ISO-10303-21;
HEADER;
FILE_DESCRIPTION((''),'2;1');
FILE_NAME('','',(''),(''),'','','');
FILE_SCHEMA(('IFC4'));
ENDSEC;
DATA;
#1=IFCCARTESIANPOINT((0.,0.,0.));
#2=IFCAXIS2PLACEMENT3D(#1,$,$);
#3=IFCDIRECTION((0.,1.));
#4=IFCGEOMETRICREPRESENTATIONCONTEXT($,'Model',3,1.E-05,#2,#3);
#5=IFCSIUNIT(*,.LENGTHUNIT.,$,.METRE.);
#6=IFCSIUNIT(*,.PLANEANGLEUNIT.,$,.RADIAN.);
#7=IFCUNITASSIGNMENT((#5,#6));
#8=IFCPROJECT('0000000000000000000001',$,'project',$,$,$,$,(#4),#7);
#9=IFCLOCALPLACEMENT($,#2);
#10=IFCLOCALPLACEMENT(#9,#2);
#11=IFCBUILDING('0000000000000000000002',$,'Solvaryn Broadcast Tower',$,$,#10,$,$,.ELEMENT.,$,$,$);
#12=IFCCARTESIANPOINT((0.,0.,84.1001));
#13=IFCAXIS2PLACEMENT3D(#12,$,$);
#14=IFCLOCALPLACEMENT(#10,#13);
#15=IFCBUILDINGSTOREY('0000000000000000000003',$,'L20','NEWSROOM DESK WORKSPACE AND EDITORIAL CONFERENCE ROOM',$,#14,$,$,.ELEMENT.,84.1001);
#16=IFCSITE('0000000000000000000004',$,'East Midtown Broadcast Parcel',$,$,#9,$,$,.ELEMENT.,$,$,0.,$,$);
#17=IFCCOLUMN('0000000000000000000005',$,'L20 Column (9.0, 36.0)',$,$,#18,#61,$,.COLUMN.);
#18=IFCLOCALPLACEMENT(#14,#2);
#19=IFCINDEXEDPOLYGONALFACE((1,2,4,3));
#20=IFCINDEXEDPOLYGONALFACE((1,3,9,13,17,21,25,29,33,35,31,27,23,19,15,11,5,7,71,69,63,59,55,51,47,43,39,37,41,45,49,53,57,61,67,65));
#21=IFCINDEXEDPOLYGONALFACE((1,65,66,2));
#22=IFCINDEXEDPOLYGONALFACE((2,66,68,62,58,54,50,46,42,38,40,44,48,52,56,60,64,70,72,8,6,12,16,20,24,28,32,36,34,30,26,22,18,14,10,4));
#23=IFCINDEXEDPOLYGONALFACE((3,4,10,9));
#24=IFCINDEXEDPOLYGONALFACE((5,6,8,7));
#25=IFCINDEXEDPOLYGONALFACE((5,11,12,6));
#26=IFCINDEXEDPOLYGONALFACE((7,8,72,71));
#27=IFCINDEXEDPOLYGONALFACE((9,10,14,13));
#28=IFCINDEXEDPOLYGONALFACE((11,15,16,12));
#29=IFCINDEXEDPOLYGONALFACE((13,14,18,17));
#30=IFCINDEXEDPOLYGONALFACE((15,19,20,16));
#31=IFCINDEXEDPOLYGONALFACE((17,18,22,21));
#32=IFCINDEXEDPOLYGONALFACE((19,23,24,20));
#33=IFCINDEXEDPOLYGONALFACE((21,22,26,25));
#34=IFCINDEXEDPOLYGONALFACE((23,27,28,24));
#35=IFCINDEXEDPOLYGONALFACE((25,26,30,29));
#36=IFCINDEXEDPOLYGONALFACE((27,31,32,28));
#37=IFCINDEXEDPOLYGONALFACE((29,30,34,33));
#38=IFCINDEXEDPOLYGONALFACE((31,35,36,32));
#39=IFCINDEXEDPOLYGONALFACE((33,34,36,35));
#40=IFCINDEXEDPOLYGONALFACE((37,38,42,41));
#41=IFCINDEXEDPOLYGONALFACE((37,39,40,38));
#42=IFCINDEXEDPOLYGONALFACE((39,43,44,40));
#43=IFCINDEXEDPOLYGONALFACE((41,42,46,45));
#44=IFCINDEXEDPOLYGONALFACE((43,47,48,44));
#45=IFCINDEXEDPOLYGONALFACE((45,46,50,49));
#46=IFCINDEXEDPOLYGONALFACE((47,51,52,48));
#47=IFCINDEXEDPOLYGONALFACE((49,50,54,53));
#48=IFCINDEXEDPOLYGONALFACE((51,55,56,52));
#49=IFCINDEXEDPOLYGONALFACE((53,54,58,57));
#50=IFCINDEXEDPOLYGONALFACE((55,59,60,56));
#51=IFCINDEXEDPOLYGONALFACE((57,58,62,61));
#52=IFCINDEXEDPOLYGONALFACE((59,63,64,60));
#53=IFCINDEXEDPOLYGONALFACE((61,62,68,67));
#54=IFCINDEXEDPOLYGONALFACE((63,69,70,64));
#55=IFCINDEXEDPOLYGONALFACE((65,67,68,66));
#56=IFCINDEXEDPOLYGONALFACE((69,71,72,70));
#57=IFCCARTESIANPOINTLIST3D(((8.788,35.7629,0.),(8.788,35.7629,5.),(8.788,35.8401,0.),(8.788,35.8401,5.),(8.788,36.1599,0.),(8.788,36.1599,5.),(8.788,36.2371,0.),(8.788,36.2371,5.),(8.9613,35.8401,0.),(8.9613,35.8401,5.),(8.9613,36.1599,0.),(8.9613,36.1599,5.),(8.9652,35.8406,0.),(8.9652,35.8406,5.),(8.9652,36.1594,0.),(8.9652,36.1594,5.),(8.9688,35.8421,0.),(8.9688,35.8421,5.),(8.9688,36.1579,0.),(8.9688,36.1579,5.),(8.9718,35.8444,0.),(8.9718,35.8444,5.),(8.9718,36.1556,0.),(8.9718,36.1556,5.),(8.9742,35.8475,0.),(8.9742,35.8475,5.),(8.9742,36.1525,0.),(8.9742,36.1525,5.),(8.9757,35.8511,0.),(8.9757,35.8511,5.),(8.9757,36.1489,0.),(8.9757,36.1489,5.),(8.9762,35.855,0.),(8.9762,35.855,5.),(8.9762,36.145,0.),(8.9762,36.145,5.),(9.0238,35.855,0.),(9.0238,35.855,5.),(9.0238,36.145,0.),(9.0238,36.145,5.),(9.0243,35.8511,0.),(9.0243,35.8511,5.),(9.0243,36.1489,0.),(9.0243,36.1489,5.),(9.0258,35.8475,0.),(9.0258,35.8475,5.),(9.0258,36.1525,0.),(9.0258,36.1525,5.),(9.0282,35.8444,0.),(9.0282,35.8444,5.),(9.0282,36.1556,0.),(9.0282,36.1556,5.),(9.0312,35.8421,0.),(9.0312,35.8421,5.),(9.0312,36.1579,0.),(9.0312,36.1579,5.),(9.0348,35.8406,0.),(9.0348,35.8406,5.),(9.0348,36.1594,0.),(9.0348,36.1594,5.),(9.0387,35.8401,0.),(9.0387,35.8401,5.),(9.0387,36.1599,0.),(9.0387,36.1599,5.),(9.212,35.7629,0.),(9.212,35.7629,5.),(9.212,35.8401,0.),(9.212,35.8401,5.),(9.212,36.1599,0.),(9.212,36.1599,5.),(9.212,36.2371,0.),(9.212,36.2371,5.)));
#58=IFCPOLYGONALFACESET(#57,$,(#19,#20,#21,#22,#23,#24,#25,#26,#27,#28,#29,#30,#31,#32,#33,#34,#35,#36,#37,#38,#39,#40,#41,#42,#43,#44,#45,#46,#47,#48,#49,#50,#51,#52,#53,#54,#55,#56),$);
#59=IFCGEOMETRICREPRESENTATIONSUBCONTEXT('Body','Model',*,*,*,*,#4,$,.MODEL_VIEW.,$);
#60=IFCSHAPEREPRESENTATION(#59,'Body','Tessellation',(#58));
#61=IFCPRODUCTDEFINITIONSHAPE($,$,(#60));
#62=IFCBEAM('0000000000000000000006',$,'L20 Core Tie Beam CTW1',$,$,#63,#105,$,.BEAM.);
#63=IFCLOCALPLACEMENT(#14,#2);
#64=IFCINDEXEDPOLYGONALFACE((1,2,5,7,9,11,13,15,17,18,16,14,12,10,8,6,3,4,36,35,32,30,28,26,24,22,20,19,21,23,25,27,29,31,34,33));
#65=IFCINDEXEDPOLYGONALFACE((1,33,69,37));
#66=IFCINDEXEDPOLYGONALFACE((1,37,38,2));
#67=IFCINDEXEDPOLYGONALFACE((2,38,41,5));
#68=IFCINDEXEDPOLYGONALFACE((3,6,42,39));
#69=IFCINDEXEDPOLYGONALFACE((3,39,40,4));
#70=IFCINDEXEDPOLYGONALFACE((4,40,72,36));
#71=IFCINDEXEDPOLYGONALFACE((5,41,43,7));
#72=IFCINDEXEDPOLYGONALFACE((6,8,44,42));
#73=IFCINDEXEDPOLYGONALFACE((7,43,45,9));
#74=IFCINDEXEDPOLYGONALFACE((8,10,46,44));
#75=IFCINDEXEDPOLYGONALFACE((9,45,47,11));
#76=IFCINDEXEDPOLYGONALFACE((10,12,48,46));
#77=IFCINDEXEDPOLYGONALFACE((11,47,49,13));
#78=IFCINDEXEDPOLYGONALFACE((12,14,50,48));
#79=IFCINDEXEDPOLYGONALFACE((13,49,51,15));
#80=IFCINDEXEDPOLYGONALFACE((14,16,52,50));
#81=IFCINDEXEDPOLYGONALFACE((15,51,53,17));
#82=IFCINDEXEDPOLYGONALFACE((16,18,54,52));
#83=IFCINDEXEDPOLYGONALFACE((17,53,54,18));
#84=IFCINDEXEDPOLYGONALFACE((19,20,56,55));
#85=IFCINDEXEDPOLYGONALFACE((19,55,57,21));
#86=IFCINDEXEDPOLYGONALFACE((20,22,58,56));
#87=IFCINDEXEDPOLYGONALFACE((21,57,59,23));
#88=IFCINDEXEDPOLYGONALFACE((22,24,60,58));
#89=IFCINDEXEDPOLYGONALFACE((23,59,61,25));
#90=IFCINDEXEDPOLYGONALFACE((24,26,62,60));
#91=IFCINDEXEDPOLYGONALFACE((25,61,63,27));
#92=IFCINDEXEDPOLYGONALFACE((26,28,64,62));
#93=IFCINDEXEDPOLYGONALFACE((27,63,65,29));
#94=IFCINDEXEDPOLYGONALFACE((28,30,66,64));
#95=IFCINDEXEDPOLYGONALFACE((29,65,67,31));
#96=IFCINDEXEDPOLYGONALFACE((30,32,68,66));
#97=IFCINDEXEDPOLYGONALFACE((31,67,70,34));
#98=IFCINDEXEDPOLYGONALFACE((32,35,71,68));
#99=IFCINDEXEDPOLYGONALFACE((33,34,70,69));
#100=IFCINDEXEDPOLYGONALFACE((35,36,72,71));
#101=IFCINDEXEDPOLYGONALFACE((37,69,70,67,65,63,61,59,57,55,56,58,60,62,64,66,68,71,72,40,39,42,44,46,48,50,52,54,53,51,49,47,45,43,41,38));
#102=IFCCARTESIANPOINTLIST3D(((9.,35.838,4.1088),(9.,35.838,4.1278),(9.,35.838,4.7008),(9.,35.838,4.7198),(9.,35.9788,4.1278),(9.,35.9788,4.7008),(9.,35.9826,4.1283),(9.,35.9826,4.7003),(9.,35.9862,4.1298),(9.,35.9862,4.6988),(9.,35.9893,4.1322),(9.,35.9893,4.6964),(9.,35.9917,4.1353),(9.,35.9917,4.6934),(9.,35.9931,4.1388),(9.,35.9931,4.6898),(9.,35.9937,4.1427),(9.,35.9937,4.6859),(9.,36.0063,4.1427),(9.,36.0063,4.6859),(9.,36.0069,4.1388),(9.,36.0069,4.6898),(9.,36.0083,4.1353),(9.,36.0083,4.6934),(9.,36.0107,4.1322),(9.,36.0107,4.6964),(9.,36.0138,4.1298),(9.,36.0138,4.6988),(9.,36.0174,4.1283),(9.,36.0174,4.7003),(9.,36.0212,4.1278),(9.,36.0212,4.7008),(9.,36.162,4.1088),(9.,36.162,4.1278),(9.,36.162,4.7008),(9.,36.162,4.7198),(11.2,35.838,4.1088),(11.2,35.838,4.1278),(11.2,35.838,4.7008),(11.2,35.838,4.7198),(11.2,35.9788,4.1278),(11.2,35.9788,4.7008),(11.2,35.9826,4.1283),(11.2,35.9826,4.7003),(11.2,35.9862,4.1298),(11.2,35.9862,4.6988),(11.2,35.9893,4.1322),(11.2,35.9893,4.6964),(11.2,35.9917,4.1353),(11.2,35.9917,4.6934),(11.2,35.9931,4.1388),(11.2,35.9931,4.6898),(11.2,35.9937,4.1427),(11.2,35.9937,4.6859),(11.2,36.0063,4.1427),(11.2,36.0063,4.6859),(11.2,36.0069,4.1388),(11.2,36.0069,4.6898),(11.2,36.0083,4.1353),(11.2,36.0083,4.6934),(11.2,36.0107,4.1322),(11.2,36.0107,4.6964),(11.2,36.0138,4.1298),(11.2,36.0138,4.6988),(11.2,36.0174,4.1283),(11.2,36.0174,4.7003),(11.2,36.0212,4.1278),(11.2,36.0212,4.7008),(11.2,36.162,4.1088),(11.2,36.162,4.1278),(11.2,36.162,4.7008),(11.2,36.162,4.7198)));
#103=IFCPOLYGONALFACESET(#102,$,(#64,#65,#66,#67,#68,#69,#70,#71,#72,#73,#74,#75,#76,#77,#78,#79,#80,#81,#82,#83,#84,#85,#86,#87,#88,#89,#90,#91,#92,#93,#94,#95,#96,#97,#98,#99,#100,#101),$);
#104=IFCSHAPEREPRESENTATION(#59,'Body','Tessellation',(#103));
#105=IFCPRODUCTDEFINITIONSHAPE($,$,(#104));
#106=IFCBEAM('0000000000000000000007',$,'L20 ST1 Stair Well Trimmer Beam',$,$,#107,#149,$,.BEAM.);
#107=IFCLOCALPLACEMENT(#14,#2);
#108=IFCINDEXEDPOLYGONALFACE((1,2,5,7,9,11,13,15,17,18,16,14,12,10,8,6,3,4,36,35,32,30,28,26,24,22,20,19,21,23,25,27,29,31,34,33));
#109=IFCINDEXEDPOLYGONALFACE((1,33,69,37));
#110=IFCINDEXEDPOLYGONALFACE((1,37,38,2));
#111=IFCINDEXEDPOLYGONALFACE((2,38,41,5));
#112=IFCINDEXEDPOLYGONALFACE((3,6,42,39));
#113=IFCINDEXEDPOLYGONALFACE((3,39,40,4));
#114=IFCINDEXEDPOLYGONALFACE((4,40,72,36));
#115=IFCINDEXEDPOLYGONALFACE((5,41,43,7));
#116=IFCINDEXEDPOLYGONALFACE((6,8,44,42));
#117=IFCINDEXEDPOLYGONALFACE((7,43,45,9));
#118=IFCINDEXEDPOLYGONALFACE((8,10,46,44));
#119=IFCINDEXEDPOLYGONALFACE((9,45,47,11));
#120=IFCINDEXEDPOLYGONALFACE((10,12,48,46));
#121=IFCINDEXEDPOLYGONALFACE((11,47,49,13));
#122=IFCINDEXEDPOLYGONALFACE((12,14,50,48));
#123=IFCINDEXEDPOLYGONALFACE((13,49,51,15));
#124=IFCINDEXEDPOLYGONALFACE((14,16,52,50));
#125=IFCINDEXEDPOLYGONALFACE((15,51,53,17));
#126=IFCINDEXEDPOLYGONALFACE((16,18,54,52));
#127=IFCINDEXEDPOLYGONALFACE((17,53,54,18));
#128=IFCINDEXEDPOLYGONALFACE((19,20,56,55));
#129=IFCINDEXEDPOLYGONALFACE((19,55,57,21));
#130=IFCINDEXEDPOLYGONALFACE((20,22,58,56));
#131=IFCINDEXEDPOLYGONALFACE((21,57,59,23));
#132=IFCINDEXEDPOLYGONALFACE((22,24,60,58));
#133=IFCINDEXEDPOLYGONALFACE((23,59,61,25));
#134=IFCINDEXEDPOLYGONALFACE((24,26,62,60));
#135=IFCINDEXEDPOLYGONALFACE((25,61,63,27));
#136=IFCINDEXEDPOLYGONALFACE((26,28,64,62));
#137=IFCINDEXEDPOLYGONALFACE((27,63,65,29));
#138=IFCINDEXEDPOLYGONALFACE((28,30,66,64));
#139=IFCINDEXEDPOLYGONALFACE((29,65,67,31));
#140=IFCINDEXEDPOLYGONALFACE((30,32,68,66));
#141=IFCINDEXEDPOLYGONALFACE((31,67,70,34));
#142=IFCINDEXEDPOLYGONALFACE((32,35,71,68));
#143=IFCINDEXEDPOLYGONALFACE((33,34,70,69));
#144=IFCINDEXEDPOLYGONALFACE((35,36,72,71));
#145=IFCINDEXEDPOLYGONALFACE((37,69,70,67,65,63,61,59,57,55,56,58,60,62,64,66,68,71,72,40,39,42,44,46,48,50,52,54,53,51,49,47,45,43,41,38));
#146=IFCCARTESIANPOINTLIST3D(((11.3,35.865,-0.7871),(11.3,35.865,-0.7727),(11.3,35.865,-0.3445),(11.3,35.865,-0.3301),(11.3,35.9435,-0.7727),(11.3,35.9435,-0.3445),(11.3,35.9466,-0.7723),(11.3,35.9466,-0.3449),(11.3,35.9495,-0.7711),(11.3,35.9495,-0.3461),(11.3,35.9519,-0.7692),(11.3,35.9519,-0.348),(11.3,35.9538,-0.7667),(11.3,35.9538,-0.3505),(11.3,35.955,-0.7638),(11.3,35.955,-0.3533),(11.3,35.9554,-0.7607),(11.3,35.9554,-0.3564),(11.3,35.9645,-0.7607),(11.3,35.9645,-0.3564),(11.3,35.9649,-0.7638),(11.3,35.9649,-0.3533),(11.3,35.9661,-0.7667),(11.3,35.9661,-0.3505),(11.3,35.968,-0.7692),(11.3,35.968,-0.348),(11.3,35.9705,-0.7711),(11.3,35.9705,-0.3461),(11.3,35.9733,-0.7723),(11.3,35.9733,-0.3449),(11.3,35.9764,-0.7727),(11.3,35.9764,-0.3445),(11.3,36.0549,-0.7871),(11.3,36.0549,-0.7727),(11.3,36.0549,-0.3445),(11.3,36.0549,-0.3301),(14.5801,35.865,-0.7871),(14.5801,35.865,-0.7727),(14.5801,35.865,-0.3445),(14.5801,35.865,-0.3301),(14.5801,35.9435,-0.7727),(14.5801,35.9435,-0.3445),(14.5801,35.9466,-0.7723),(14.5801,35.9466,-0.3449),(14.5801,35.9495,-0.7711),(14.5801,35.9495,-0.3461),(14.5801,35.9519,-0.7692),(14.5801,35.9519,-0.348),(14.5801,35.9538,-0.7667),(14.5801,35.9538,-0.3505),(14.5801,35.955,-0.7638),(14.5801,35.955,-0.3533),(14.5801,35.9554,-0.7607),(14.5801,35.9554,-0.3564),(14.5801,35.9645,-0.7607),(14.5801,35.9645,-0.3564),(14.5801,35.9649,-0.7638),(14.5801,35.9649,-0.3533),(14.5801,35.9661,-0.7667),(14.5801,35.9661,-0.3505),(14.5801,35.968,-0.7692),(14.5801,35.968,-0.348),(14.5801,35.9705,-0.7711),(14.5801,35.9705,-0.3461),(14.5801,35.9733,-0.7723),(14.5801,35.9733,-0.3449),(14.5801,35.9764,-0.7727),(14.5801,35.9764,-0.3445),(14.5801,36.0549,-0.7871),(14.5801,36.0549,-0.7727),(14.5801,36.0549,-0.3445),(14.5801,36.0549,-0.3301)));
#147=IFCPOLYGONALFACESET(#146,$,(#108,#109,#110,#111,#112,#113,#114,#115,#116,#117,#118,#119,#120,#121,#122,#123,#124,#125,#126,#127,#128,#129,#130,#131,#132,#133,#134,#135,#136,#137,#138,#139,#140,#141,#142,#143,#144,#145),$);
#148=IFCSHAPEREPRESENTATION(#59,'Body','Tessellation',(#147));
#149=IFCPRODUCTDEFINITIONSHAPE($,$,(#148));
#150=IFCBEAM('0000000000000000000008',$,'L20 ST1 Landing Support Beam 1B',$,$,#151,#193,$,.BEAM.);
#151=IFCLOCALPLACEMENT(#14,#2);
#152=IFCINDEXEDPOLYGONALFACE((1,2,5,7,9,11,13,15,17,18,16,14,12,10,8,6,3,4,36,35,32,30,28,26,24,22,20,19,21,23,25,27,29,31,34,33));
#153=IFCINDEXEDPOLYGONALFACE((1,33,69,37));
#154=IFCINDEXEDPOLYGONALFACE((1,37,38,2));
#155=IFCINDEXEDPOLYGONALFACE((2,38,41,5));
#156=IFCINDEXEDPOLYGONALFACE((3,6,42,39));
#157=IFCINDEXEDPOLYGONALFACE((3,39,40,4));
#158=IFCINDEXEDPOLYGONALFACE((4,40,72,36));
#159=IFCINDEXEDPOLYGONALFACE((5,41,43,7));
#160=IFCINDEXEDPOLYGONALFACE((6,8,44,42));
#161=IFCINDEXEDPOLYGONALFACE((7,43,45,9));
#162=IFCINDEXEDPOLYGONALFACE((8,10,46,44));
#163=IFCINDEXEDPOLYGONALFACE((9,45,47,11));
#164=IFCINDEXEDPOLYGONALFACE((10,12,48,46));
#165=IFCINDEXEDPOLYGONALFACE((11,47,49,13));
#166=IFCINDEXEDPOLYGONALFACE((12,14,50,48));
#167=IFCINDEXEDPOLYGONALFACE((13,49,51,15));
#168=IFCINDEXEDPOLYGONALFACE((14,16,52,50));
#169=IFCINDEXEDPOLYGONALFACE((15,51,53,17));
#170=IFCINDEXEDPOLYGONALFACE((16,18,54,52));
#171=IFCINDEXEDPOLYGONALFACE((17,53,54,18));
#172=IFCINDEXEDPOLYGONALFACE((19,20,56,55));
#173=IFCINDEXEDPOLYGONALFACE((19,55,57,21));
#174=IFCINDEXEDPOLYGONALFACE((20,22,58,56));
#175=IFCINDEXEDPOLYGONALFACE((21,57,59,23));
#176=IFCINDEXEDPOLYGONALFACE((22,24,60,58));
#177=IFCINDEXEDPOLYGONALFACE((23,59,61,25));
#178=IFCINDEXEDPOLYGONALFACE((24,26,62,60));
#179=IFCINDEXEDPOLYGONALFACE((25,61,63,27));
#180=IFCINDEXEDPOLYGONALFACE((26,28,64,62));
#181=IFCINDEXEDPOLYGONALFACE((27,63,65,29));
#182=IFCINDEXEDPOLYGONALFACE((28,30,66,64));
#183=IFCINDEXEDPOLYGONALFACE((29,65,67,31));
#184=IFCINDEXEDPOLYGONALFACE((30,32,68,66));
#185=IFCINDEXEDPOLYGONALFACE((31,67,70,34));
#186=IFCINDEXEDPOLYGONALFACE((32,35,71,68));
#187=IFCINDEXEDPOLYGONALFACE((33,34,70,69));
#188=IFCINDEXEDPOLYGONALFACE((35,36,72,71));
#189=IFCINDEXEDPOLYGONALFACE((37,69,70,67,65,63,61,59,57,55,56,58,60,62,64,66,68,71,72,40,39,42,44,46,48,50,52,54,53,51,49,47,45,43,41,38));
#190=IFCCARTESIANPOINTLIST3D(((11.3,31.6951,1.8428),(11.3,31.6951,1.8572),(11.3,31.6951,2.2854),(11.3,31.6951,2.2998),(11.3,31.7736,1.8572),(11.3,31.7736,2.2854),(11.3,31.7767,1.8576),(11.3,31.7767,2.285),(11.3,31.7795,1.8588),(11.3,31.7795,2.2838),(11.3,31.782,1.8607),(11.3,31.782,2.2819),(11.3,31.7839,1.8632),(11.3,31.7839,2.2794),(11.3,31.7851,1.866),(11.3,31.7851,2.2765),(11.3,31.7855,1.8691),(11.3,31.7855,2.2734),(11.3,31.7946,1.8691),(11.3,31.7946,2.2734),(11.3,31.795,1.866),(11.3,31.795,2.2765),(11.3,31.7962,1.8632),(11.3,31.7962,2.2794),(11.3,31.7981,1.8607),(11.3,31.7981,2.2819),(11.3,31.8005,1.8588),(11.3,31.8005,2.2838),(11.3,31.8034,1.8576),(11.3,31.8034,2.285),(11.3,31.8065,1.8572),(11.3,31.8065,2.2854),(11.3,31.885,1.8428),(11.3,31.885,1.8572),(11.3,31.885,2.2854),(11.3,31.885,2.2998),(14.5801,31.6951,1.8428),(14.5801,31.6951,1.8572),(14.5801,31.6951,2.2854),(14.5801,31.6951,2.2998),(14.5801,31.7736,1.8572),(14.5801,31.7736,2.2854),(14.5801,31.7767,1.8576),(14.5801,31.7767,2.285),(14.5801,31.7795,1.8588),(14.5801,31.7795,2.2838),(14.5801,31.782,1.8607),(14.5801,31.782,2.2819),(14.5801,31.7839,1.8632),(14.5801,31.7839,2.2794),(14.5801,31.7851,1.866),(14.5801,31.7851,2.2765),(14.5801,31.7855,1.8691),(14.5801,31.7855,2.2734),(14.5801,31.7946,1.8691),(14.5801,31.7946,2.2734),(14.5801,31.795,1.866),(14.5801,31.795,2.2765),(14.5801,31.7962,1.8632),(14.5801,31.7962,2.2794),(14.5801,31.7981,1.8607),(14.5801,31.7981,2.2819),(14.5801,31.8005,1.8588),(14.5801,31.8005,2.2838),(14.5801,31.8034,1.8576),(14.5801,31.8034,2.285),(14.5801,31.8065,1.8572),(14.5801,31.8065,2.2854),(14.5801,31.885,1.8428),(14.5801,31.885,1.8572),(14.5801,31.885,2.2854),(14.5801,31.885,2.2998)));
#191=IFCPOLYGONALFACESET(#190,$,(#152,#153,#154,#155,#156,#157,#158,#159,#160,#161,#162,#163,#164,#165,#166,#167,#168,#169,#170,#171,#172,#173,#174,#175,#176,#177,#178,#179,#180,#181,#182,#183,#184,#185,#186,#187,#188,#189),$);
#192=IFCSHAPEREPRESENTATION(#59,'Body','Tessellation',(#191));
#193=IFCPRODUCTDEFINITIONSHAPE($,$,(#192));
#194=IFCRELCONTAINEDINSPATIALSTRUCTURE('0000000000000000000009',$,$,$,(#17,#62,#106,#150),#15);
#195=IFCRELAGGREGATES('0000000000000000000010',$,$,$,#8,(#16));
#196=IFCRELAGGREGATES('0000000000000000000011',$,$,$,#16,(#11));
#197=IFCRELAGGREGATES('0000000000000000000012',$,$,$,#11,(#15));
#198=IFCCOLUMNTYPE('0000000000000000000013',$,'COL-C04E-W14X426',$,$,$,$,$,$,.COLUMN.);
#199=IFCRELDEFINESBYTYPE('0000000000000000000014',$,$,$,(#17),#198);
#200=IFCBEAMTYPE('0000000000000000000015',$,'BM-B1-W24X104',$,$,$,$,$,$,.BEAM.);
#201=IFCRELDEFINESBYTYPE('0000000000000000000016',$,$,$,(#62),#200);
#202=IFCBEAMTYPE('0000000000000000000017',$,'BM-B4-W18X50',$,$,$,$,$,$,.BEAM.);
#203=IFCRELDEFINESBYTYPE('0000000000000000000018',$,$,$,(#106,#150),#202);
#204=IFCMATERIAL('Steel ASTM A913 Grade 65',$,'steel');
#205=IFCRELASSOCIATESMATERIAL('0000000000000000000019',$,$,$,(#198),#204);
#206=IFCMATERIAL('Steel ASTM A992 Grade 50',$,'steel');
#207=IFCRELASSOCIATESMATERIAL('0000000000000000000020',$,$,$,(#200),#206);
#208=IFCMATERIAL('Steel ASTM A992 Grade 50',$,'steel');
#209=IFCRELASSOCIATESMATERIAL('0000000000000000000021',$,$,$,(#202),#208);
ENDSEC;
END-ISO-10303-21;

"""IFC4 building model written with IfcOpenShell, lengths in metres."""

from ifc_helpers import new_model, si_unit, direction, frame, origin, origin_2d, place, context, subcontext, project, spatial, i_section, extrude, material, material_profile, profile_set, type_object, element, save


model = new_model("IFC4")

# Units and contexts
model_context = context("Model", 3, precision=1e-05, world=origin(), true_north=direction((0.0, 1.0)))
body_context = subcontext(model_context, "Body", "Model", "MODEL_VIEW")
ifc_project = project(units=[si_unit("LENGTHUNIT", "METRE"), si_unit("PLANEANGLEUNIT", "RADIAN")], contexts=[model_context])

# Site, building, storey
site_placement = place(None, origin())
site = spatial("IfcSite", under=ifc_project, at=site_placement, Name="East Midtown Broadcast Parcel", CompositionType="ELEMENT", RefElevation=0.0)
building_placement = place(site_placement, origin())
building = spatial("IfcBuilding", under=site, at=building_placement, Name="Solvaryn Broadcast Tower", CompositionType="ELEMENT")
storey_placement = place(building_placement, frame((0.0, 0.0, 84.1001)))
storey = spatial("IfcBuildingStorey", under=building, at=storey_placement, Name="L20", Description="NEWSROOM DESK WORKSPACE AND EDITORIAL CONFERENCE ROOM", CompositionType="ELEMENT", Elevation=84.1001)

# Column
ifc_material_1 = material(Name="Steel ASTM A913 Grade 65", Category="steel")
ifc_material_profile_1 = material_profile(ifc_material_1, i_section(OverallWidth=0.4241, OverallDepth=0.4741, WebThickness=0.0476, FlangeThickness=0.0771, FilletRadius=0.0149, at=origin_2d()))
ifc_profile_set_1 = profile_set([ifc_material_profile_1], Name="Steel ASTM A913 Grade 65")
column_type = type_object("IfcColumnType", Name="COL-C04E-W14X426", PredefinedType="COLUMN", material=ifc_profile_set_1)
column_placement = place(storey_placement, frame((9.0, 36.0, 0.0), z_axis=(0.0, 0.0, 1.0), x_axis=(1.0, 0.0, 0.0)))
element("IfcColumn", 1, at=column_placement, inside=storey, type_object=column_type, Name="L20 Column (9.0, 36.0)", PredefinedType="COLUMN", context=body_context, shape_type="SweptSolid", body=[
    extrude(i_section(OverallWidth=0.4241, OverallDepth=0.4741, WebThickness=0.0476, FlangeThickness=0.0771, FilletRadius=0.0149, at=origin_2d()), origin(), (0.0, 0.0, 1.0), 5.0),
])

# Beams
ifc_material_2 = material(Name="Steel ASTM A992 Grade 50", Category="steel")
ifc_material_profile_2 = material_profile(ifc_material_2, i_section(OverallWidth=0.324, OverallDepth=0.6111, WebThickness=0.0127, FlangeThickness=0.019, FilletRadius=0.0149, at=origin_2d()))
ifc_profile_set_2 = profile_set([ifc_material_profile_2], Name="Steel ASTM A992 Grade 50")
beam_type_1 = type_object("IfcBeamType", Name="BM-B1-W24X104", PredefinedType="BEAM", material=ifc_profile_set_2)
beam_1_placement = place(storey_placement, frame((9.0, 36.0, 4.4143), z_axis=(1.0, 0.0, 0.0), x_axis=(0.0, 1.0, 0.0)))
element("IfcBeam", 2, at=beam_1_placement, inside=storey, type_object=beam_type_1, Name="L20 Core Tie Beam CTW1", PredefinedType="BEAM", context=body_context, shape_type="SweptSolid", body=[
    extrude(i_section(OverallWidth=0.324, OverallDepth=0.6111, WebThickness=0.0127, FlangeThickness=0.019, FilletRadius=0.0149, at=origin_2d()), origin(), (0.0, 0.0, 1.0), 2.2),
])
ifc_material_3 = material(Name="Steel ASTM A992 Grade 50", Category="steel")
ifc_material_profile_3 = material_profile(ifc_material_3, i_section(OverallWidth=0.1899, OverallDepth=0.457, WebThickness=0.009, FlangeThickness=0.0144, FilletRadius=0.012, at=origin_2d()))
ifc_profile_set_3 = profile_set([ifc_material_profile_3], Name="Steel ASTM A992 Grade 50")
beam_type_2 = type_object("IfcBeamType", Name="BM-B4-W18X50", PredefinedType="BEAM", material=ifc_profile_set_3)
for number, where, z_axis, x_axis, name in (
    (3, (11.3, 35.96, -0.5586), (1.0, 0.0, 0.0), (0.0, 1.0, 0.0), "L20 ST1 Stair Well Trimmer Beam"),
    (4, (11.3, 31.79, 2.0713), (1.0, 0.0, 0.0), (0.0, 1.0, 0.0), "L20 ST1 Landing Support Beam 1B"),
):
    element("IfcBeam", number, at=place(storey_placement, frame(where, z_axis=z_axis, x_axis=x_axis)), inside=storey, type_object=beam_type_2, Name=name, PredefinedType="BEAM", context=body_context, shape_type="SweptSolid", body=[
        extrude(i_section(OverallWidth=0.1899, OverallDepth=0.457, WebThickness=0.009, FlangeThickness=0.0144, FilletRadius=0.012, at=origin_2d()), origin(), (0.0, 0.0, 1.0), 3.28),
    ])

save(model, "model.ifc")
